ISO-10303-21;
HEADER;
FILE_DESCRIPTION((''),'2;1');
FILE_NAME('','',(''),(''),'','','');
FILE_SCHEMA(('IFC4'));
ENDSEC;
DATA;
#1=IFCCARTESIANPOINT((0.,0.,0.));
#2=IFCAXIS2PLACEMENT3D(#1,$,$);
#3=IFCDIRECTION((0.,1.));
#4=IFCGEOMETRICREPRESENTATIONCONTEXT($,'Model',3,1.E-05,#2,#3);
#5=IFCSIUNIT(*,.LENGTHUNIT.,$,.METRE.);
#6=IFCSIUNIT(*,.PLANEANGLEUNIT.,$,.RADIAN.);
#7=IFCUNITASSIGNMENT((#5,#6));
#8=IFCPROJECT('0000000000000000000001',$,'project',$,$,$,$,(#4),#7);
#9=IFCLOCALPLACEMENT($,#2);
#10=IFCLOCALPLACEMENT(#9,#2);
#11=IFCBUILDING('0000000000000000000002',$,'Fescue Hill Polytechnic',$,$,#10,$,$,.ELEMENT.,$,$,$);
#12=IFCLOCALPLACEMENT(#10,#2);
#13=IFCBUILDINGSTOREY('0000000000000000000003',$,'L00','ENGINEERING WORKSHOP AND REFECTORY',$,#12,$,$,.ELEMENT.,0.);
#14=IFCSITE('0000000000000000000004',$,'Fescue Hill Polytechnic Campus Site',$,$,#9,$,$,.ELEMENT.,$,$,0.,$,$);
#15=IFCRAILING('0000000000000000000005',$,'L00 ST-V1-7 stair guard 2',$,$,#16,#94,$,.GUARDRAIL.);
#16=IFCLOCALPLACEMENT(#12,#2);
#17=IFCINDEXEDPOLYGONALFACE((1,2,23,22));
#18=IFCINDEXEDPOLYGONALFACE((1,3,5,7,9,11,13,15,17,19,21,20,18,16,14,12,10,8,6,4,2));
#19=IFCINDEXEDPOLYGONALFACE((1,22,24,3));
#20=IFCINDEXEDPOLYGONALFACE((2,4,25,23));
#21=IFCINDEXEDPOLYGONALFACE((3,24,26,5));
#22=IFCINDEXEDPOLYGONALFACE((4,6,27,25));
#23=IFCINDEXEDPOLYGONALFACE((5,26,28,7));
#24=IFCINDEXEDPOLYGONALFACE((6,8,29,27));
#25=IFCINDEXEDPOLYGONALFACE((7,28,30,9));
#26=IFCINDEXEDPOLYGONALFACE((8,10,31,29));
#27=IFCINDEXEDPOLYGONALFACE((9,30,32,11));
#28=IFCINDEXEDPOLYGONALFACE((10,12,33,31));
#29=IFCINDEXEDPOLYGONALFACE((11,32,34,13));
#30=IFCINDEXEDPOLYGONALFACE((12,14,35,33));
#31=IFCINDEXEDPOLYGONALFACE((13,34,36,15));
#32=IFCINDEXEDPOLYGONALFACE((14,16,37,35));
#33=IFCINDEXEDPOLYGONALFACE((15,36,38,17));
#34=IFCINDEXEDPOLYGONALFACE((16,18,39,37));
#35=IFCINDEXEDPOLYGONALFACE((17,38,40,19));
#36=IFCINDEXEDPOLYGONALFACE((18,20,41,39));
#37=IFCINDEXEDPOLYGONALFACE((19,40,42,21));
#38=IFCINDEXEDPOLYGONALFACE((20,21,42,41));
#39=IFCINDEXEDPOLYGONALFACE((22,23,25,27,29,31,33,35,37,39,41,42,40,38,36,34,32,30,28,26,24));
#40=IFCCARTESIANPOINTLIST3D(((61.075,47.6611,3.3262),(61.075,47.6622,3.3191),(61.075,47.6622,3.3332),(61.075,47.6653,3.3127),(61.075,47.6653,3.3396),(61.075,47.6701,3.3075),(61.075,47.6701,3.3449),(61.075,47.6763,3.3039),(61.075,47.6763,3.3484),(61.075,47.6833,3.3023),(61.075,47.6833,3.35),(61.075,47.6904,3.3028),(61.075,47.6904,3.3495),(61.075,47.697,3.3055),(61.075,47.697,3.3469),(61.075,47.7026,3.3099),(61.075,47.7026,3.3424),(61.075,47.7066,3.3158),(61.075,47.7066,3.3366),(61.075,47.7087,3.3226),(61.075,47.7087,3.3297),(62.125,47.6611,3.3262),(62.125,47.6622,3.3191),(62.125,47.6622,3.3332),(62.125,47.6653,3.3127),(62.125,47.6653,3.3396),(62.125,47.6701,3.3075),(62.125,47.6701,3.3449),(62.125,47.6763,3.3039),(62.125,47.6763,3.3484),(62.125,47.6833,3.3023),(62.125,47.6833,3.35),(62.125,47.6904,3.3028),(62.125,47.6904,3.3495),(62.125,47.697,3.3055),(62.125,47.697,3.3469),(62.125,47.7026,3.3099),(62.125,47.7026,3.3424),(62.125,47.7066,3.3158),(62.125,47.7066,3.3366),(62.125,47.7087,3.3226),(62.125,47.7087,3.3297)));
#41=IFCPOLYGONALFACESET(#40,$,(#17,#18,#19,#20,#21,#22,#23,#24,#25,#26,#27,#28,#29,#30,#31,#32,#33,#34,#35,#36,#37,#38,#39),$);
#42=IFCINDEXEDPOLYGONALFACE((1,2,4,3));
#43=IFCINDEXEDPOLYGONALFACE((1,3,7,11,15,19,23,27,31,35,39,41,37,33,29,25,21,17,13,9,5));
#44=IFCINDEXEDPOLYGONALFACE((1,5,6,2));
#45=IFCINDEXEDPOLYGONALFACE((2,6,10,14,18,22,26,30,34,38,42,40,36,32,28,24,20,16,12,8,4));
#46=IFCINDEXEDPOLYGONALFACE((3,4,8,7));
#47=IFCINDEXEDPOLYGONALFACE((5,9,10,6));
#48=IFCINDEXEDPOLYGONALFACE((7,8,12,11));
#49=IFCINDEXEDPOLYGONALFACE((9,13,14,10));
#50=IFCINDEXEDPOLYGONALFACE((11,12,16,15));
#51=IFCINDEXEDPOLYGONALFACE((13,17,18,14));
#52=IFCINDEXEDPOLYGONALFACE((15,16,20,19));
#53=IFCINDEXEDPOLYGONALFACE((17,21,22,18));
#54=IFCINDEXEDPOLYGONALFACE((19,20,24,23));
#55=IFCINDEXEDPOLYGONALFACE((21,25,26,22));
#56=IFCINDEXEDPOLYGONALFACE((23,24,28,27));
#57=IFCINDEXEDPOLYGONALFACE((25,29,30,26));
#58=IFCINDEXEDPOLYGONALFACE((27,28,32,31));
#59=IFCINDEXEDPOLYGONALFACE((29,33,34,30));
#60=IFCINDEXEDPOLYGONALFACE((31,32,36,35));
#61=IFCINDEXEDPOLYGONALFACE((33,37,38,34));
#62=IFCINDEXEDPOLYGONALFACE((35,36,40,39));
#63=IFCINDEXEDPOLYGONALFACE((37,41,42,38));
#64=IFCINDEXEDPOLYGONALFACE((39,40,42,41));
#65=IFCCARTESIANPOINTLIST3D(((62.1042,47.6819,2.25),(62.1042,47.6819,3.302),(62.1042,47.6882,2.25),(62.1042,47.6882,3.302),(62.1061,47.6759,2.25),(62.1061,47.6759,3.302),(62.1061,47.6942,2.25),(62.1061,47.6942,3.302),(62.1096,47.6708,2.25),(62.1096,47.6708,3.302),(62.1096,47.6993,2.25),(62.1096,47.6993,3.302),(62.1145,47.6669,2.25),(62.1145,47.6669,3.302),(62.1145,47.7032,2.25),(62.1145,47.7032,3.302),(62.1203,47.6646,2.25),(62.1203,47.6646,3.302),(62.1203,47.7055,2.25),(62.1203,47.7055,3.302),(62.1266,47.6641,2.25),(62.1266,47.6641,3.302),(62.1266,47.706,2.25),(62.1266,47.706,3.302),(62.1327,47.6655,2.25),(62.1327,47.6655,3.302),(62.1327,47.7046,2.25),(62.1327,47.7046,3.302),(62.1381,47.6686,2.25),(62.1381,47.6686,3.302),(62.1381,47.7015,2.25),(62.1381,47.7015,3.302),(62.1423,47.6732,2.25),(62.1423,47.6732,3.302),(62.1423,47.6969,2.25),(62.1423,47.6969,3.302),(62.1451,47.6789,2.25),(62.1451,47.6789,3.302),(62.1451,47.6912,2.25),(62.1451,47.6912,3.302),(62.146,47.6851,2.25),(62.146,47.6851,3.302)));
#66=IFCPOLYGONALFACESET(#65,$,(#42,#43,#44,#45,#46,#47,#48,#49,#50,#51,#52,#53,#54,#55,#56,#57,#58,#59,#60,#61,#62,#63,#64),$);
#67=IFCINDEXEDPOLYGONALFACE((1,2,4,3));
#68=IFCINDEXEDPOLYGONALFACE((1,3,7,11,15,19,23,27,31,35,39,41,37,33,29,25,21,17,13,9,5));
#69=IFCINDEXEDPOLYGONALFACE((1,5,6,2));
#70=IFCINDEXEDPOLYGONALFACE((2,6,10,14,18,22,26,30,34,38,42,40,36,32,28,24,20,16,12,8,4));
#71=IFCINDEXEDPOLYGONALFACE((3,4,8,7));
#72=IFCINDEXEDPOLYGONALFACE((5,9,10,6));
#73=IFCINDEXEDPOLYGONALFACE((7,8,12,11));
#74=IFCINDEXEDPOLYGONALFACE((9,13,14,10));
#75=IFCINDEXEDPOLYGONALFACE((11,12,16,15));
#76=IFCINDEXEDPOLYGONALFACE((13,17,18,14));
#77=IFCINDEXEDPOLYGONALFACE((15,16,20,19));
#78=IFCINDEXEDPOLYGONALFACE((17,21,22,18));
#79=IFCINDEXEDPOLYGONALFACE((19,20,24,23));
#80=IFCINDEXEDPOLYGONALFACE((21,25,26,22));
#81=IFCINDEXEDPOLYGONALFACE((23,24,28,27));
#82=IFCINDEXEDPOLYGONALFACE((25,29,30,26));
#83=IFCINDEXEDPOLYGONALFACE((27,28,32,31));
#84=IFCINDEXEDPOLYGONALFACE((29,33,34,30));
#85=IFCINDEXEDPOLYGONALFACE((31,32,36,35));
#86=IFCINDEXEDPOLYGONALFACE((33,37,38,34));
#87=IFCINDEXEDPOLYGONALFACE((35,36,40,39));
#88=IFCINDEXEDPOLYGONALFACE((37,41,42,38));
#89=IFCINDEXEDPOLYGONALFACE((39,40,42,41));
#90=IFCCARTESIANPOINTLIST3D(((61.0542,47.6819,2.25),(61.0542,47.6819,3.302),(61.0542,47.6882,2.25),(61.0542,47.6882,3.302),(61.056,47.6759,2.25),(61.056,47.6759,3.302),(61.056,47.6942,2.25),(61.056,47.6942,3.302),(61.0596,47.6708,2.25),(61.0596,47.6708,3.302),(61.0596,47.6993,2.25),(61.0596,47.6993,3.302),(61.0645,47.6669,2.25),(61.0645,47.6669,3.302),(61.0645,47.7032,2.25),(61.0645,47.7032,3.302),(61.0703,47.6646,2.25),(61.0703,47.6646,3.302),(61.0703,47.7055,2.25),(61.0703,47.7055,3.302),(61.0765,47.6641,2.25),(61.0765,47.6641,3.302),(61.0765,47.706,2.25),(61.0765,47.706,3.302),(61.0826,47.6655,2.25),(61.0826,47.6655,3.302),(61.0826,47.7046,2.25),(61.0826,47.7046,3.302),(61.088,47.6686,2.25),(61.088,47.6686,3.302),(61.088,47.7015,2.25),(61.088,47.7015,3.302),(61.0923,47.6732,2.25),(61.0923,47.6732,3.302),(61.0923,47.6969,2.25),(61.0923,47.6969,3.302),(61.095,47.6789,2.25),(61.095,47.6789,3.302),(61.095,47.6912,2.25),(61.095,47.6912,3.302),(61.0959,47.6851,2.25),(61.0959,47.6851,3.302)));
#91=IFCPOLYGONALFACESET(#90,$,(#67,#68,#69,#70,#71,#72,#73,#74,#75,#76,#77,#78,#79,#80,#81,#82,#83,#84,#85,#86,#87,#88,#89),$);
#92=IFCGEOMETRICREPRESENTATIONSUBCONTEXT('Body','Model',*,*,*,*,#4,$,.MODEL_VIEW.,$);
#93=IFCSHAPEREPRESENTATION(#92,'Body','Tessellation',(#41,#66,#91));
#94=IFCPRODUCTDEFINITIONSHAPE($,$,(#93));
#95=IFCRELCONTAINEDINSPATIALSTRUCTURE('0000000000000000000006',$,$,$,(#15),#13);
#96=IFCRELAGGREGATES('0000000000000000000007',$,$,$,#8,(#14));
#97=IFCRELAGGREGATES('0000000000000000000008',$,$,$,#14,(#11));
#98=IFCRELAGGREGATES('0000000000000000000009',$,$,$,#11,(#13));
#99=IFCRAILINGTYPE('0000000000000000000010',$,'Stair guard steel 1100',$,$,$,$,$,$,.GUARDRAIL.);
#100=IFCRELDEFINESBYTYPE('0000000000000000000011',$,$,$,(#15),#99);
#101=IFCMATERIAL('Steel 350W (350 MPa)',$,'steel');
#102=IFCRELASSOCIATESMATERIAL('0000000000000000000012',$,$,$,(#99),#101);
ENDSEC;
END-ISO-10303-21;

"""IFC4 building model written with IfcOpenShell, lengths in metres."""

from ifc_helpers import new_model, si_unit, direction, frame, origin, origin_2d, place, context, subcontext, project, spatial, circle, extrude, material, type_object, element, save


model = new_model("IFC4")

# Units and contexts
model_context = context("Model", 3, precision=1e-05, world=origin(), true_north=direction((0.0, 1.0)))
body_context = subcontext(model_context, "Body", "Model", "MODEL_VIEW")
ifc_project = project(units=[si_unit("LENGTHUNIT", "METRE"), si_unit("PLANEANGLEUNIT", "RADIAN")], contexts=[model_context])

# Site, building, storey
site_placement = place(None, origin())
site = spatial("IfcSite", under=ifc_project, at=site_placement, Name="Fescue Hill Polytechnic Campus Site", CompositionType="ELEMENT", RefElevation=0.0)
building_placement = place(site_placement, origin())
building = spatial("IfcBuilding", under=site, at=building_placement, Name="Fescue Hill Polytechnic", CompositionType="ELEMENT")
storey_placement = place(building_placement, origin())
storey = spatial("IfcBuildingStorey", under=building, at=storey_placement, Name="L00", Description="ENGINEERING WORKSHOP AND REFECTORY", CompositionType="ELEMENT", Elevation=0.0)

# Railing
ifc_material_1 = material(Name="Steel 350W (350 MPa)", Category="steel")
railing_type_1 = type_object("IfcRailingType", Name="Stair guard steel 1100", PredefinedType="GUARDRAIL", material=ifc_material_1)
railing_1_placement = place(storey_placement, frame((62.125, 47.6851, 2.25)))
element("IfcRailing", 1, at=railing_1_placement, inside=storey, type_object=railing_type_1, Name="L00 ST-V1-7 stair guard 2", PredefinedType="GUARDRAIL", context=body_context, shape_type="SweptSolid", body=[
    extrude(circle(Radius=0.0239, at=origin_2d()), frame((0.0, 0.0, 1.0762), z_axis=(-1.0, 0.0, 0.0), x_axis=(0.0, -1.0, 0.0)), (0.0, 0.0, 1.0), 1.05),
    extrude(circle(Radius=0.021, at=origin_2d()), origin(), (0.0, 0.0, 1.0), 1.052),
    extrude(circle(Radius=0.021, at=origin_2d()), frame((-1.05, 0.0, 0.0)), (0.0, 0.0, 1.0), 1.052),
])

save(model, "model.ifc")
